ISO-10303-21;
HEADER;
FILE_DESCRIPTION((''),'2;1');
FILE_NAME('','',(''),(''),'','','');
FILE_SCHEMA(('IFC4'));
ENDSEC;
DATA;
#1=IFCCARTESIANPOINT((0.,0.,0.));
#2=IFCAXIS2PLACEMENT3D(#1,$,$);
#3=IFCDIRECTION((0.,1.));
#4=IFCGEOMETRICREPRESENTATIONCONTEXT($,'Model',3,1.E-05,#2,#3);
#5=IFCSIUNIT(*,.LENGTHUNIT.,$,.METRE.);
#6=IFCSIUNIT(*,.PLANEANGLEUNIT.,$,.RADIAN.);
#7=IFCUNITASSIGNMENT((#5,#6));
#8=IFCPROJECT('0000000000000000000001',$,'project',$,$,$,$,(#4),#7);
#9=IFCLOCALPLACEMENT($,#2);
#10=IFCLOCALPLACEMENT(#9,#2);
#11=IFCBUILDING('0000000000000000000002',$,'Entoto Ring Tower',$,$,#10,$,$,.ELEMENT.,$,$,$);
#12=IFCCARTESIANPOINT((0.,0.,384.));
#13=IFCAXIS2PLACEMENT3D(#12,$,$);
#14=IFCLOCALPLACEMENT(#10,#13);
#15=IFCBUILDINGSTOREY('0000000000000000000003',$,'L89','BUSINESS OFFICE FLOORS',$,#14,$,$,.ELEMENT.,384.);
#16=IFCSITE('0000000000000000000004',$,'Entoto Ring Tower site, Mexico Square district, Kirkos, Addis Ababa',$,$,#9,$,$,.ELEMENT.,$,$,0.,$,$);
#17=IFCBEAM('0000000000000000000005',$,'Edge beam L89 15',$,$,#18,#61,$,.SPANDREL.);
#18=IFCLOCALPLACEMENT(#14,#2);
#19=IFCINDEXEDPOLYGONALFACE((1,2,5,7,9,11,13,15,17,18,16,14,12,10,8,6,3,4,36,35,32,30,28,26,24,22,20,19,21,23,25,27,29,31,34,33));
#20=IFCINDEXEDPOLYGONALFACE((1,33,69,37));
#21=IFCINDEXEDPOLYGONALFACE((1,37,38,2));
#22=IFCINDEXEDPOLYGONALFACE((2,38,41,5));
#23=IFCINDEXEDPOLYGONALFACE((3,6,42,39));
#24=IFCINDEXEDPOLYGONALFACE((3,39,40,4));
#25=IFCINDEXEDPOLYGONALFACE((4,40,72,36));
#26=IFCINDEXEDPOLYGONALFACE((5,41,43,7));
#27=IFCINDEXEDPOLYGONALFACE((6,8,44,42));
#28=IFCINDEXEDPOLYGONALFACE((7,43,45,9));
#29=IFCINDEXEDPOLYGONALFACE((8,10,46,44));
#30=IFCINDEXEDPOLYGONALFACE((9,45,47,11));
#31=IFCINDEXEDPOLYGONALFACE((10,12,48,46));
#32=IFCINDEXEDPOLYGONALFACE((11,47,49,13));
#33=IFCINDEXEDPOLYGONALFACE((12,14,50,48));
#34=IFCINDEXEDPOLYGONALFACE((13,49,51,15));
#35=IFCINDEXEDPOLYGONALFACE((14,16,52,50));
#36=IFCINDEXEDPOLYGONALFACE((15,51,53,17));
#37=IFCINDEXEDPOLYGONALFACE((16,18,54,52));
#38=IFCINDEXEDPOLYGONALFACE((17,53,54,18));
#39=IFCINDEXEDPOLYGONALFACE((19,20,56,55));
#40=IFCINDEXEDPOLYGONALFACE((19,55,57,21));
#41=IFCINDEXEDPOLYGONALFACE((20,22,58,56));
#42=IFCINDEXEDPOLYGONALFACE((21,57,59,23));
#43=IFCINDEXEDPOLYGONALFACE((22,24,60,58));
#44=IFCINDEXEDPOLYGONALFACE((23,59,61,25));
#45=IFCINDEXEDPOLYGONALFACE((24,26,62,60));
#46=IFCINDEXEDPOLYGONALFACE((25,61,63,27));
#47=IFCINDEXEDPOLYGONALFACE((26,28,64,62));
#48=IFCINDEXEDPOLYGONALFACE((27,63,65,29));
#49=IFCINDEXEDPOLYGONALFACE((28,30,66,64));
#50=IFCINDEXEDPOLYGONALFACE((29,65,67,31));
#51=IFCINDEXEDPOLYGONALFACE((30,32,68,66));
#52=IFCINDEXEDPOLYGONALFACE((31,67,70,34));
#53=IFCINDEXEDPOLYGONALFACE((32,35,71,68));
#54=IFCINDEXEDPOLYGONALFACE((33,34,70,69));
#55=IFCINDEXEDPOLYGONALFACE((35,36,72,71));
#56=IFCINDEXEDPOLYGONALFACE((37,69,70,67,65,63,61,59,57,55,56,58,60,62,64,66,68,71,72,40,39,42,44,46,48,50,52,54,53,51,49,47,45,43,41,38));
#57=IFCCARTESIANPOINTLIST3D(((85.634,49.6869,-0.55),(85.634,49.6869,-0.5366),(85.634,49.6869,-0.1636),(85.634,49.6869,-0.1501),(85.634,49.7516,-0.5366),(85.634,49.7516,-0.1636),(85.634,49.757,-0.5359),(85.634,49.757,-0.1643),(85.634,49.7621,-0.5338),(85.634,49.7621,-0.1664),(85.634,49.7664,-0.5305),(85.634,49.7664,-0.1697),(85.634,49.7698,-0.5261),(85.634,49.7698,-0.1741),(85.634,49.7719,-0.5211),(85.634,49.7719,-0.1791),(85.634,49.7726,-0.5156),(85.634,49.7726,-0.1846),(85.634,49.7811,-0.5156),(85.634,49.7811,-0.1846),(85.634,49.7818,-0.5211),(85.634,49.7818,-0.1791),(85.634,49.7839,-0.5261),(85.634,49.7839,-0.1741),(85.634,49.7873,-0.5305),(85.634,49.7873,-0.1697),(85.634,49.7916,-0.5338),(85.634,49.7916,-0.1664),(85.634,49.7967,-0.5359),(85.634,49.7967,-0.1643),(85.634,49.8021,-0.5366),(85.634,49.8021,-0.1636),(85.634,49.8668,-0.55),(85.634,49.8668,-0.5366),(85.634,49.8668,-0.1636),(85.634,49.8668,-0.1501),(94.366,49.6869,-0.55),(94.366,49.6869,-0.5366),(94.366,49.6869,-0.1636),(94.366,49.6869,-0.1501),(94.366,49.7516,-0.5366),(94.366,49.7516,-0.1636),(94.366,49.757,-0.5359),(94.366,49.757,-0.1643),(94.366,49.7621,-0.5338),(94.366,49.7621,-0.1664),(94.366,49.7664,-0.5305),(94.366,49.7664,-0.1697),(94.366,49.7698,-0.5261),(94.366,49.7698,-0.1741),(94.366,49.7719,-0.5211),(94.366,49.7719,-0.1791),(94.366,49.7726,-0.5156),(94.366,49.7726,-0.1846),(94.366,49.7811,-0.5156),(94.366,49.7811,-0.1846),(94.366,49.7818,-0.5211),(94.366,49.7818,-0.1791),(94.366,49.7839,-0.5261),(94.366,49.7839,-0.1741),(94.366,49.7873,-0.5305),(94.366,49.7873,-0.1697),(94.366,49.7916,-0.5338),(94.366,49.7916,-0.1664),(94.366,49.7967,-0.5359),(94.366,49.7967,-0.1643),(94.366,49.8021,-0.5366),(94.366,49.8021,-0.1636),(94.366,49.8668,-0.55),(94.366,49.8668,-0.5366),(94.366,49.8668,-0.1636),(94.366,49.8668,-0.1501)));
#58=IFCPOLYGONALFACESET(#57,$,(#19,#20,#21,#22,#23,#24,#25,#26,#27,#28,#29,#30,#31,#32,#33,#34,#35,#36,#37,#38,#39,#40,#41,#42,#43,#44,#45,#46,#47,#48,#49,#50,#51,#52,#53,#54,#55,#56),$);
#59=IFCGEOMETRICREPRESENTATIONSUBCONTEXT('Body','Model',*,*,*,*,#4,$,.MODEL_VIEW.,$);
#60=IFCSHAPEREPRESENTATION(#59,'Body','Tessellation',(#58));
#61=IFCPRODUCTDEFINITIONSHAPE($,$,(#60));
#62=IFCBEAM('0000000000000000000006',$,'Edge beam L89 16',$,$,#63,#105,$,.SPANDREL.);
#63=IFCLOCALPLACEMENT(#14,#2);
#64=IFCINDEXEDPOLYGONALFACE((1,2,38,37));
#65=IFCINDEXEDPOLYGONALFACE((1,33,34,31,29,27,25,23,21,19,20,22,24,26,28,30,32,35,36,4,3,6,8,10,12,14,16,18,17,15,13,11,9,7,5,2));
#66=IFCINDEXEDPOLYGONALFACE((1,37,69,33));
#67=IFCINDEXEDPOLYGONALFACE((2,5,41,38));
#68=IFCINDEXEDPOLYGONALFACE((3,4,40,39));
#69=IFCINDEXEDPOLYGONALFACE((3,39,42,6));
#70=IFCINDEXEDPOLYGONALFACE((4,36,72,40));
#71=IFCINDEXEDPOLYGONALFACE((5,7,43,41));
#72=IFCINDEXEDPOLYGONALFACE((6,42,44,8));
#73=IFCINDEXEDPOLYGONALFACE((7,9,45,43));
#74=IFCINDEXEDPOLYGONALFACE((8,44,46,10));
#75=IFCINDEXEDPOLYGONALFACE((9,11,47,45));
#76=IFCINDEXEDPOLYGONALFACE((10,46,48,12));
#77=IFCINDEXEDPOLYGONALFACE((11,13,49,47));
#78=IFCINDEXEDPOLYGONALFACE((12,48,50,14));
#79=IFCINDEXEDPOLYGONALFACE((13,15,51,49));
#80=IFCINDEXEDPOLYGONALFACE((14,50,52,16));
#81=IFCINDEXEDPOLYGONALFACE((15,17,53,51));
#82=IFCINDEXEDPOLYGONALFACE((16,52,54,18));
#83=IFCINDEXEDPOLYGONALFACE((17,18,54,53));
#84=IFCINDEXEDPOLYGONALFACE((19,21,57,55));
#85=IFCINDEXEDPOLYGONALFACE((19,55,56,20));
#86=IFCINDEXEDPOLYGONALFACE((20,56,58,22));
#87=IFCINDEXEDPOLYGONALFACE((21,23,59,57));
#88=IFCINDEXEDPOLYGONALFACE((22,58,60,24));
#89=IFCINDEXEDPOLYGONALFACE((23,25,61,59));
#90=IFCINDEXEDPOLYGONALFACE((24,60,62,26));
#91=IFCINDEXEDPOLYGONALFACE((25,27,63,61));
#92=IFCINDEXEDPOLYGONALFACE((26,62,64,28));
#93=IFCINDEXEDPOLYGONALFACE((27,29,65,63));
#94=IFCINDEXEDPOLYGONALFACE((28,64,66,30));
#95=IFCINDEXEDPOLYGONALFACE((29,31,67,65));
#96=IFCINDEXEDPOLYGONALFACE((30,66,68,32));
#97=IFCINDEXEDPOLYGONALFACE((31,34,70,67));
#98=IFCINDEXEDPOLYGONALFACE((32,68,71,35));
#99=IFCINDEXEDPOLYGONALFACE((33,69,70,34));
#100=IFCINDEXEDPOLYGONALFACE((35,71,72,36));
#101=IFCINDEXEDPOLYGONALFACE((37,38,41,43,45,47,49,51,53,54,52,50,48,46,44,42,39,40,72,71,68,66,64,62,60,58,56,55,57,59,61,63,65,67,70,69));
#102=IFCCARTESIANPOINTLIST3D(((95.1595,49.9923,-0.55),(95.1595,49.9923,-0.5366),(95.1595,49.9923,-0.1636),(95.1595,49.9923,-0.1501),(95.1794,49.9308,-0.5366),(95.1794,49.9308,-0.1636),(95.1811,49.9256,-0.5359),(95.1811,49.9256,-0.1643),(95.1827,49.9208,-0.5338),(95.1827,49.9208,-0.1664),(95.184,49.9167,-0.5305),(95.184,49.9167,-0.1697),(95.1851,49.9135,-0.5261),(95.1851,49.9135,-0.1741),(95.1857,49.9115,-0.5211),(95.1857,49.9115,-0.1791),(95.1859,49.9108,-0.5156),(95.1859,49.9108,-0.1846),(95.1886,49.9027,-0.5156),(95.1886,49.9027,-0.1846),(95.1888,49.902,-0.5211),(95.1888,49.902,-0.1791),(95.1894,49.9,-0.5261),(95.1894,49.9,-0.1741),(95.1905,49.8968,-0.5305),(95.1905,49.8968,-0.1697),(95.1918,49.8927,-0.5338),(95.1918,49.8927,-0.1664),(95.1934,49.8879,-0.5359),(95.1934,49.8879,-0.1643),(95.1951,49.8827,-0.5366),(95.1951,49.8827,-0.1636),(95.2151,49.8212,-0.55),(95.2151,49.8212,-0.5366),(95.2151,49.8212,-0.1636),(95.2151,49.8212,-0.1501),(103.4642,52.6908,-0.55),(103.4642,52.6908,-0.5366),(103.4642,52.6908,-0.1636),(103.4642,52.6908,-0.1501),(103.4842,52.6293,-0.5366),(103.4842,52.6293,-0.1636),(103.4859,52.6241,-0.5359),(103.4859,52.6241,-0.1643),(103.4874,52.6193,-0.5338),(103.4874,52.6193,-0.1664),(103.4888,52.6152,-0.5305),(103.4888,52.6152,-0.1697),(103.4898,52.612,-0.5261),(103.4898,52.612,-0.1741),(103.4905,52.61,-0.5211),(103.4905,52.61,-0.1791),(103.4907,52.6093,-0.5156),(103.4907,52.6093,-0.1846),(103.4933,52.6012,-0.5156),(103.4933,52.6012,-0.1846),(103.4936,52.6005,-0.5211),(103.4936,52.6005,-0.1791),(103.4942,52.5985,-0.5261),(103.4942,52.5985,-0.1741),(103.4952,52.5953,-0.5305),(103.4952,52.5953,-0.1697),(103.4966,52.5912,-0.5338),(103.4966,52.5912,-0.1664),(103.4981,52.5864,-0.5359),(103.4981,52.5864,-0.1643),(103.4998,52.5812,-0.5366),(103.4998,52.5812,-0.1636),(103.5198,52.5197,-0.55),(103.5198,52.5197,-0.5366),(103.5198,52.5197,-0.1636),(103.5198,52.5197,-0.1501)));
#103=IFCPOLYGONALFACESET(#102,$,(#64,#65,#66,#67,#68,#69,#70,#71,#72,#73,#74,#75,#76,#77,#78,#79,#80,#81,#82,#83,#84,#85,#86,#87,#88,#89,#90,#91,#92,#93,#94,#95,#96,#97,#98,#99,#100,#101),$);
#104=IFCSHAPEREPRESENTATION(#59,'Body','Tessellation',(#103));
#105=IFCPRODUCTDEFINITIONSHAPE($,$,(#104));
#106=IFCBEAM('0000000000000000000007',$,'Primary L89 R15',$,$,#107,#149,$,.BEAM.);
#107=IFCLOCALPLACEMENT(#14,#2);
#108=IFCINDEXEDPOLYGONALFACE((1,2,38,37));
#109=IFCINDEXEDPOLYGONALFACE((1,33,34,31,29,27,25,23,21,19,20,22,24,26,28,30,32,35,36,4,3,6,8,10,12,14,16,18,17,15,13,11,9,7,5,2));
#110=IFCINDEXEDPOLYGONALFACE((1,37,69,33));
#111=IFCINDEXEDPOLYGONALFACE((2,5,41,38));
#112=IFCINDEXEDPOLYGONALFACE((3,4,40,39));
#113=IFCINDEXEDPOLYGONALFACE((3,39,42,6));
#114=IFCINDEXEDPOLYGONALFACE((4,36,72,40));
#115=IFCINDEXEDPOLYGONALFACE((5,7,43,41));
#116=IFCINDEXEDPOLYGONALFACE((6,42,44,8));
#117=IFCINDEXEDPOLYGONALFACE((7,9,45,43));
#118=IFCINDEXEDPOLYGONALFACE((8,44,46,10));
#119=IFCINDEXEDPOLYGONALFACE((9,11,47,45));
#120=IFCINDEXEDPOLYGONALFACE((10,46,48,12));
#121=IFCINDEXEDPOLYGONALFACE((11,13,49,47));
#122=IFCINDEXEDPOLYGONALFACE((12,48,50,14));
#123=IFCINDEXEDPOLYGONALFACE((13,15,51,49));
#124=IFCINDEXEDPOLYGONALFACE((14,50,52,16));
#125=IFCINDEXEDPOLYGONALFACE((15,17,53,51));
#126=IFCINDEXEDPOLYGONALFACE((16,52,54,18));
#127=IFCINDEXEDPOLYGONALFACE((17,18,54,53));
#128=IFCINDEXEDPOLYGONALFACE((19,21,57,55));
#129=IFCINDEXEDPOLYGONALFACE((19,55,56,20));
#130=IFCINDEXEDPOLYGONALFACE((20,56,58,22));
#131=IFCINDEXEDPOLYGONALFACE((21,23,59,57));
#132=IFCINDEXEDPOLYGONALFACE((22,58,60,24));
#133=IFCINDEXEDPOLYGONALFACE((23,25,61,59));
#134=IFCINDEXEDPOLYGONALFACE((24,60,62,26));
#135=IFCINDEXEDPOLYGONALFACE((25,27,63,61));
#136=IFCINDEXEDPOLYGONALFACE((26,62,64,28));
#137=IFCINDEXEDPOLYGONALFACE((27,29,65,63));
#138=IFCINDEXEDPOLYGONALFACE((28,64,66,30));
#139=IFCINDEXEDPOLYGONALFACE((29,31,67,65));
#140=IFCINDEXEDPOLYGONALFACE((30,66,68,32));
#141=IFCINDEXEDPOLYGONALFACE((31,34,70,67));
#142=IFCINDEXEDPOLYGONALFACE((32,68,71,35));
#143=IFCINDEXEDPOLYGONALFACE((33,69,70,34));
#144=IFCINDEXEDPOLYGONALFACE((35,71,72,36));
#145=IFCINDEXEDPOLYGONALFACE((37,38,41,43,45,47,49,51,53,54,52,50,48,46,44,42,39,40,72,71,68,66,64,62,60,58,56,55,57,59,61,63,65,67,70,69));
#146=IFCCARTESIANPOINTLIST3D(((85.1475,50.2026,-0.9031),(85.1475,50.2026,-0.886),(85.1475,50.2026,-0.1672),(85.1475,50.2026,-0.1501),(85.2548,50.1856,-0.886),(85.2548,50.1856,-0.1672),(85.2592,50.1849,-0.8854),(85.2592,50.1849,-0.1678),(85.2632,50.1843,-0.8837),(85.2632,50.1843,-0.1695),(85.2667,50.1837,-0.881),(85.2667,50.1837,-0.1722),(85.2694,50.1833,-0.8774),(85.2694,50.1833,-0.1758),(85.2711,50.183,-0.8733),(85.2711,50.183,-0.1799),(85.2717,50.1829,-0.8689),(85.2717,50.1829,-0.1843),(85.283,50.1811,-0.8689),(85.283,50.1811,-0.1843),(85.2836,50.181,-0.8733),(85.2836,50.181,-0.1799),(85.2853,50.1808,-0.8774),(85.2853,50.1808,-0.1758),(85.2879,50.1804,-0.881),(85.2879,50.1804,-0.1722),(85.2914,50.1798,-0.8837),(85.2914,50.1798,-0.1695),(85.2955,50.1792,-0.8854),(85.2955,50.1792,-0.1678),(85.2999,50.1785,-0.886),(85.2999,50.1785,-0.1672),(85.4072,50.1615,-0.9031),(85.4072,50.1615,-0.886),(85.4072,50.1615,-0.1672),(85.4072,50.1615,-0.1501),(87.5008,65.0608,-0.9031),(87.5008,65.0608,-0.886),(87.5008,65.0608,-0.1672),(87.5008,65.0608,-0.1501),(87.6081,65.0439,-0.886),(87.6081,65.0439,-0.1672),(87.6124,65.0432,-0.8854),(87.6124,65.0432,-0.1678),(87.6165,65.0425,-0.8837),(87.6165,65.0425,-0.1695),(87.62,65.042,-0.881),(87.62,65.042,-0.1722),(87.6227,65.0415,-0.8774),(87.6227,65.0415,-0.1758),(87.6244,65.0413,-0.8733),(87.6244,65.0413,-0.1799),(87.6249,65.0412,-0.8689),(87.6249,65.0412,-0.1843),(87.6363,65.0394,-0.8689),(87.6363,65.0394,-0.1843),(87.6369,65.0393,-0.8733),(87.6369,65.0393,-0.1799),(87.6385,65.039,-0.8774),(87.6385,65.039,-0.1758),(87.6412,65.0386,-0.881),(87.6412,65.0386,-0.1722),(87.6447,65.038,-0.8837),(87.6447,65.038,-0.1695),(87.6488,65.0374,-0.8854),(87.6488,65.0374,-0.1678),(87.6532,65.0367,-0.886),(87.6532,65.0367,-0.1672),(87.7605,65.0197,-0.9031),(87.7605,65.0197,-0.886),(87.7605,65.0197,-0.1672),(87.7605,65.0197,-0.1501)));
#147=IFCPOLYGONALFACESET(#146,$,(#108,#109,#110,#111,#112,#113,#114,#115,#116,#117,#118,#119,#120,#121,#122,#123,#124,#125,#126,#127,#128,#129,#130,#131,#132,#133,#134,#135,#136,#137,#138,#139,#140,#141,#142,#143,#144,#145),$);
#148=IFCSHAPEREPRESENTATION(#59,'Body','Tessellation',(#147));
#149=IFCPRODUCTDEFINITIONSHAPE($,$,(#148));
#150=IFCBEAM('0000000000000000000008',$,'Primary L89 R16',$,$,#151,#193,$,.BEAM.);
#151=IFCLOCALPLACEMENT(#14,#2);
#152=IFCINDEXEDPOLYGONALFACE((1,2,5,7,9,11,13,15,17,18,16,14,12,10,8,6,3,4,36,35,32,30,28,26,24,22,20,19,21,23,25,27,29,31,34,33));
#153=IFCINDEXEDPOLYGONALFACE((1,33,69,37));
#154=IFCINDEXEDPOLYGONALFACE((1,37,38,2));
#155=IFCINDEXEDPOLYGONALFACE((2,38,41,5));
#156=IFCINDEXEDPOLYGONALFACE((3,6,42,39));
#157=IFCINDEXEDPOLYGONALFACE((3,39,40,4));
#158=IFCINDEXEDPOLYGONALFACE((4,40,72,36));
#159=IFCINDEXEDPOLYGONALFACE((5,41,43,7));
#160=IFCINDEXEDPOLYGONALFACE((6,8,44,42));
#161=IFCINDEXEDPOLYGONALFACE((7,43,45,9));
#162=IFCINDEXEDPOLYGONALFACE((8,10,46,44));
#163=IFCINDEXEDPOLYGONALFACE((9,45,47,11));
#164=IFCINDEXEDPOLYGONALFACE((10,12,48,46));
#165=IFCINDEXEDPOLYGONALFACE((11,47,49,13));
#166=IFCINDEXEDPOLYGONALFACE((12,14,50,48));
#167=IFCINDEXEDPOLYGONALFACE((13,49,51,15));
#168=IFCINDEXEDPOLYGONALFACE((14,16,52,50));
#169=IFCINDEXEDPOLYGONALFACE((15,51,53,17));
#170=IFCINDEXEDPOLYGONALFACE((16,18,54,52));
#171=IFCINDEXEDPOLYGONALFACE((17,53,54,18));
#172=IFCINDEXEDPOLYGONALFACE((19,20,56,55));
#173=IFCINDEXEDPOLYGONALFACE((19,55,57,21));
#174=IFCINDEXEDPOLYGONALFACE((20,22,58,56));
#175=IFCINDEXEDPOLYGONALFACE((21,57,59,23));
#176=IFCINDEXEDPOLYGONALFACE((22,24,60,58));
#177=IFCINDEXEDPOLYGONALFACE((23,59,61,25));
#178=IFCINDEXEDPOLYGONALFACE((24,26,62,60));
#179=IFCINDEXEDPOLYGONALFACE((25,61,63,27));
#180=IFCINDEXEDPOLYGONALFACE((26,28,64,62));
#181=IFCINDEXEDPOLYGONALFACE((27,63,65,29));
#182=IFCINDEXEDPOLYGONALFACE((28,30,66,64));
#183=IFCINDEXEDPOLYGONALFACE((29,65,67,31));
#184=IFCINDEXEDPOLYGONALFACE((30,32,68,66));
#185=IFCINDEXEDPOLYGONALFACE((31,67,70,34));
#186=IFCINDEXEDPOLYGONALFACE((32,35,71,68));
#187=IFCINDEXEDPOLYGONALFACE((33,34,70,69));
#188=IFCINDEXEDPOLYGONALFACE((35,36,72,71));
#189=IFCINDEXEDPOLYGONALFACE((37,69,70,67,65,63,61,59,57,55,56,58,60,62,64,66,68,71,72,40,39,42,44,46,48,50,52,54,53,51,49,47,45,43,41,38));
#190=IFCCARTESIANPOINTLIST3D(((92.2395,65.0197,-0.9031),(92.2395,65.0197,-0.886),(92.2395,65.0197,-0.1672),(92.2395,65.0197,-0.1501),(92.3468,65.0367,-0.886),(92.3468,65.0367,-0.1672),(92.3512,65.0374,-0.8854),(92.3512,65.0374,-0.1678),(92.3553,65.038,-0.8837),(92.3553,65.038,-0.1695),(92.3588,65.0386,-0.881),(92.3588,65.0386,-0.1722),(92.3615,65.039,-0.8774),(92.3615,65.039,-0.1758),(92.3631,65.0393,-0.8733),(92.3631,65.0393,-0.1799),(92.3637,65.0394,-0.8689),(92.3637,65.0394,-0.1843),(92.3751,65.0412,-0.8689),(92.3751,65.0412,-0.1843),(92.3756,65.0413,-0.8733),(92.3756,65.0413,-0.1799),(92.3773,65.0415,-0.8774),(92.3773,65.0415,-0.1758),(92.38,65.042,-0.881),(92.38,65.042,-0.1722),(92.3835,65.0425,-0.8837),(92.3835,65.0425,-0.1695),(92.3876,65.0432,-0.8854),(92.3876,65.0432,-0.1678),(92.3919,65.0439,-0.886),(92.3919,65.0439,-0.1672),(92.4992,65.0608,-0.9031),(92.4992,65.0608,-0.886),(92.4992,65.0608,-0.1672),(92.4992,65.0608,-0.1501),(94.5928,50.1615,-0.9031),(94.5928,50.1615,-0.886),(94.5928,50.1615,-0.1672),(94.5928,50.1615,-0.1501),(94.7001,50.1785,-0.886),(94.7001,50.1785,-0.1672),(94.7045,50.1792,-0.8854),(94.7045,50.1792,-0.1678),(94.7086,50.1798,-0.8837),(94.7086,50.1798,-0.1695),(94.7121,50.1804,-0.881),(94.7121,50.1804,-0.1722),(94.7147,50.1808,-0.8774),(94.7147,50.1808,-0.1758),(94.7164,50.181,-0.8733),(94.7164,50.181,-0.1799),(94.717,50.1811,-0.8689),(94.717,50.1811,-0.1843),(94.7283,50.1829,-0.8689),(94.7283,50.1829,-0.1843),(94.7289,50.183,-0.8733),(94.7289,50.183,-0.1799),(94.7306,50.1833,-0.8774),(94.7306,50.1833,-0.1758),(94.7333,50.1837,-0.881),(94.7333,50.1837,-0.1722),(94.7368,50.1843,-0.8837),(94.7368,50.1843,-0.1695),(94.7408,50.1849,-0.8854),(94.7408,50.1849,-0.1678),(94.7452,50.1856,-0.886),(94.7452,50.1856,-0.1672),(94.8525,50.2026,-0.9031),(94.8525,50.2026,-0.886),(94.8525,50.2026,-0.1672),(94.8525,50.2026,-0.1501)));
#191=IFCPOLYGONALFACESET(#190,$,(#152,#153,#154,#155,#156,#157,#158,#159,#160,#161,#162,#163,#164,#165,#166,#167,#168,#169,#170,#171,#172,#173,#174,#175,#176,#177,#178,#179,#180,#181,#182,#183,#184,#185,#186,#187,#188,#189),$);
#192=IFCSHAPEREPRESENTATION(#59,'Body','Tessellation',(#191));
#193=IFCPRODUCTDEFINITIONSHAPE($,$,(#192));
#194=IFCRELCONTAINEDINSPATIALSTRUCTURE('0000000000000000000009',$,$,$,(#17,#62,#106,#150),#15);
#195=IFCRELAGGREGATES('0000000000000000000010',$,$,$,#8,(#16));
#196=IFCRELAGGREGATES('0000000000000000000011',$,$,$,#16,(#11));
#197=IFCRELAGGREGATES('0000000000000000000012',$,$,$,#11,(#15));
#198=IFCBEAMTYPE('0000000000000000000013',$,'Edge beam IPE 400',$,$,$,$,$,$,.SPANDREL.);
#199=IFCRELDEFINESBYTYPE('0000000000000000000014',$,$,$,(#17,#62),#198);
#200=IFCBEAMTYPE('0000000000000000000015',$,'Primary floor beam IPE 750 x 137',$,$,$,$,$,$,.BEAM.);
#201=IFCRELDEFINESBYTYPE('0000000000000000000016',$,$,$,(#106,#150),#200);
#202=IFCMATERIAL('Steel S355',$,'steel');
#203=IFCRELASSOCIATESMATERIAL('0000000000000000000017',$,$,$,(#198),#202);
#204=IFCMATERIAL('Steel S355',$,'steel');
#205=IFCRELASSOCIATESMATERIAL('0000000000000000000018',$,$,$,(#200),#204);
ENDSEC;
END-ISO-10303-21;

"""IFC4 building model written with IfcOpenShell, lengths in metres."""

from ifc_helpers import new_model, si_unit, direction, frame, origin, origin_2d, place, context, subcontext, project, spatial, i_section, extrude, material, material_profile, profile_set, type_object, element, save


model = new_model("IFC4")

# Units and contexts
model_context = context("Model", 3, precision=1e-05, world=origin(), true_north=direction((0.0, 1.0)))
body_context = subcontext(model_context, "Body", "Model", "MODEL_VIEW")
ifc_project = project(units=[si_unit("LENGTHUNIT", "METRE"), si_unit("PLANEANGLEUNIT", "RADIAN")], contexts=[model_context])

# Site, building, storey
site_placement = place(None, origin())
site = spatial("IfcSite", under=ifc_project, at=site_placement, Name="Entoto Ring Tower site, Mexico Square district, Kirkos, Addis Ababa", CompositionType="ELEMENT", RefElevation=0.0)
building_placement = place(site_placement, origin())
building = spatial("IfcBuilding", under=site, at=building_placement, Name="Entoto Ring Tower", CompositionType="ELEMENT")
storey_placement = place(building_placement, frame((0.0, 0.0, 384.0)))
storey = spatial("IfcBuildingStorey", under=building, at=storey_placement, Name="L89", Description="BUSINESS OFFICE FLOORS", CompositionType="ELEMENT", Elevation=384.0)

# Beams
ifc_material_1 = material(Name="Steel S355", Category="steel")
ifc_material_profile_1 = material_profile(ifc_material_1, i_section(OverallWidth=0.1799, OverallDepth=0.3999, WebThickness=0.0085, FlangeThickness=0.0134, FilletRadius=0.021, at=origin_2d()), Name="IPE 400")
ifc_profile_set_1 = profile_set([ifc_material_profile_1], Name="Steel S355")
beam_type_1 = type_object("IfcBeamType", Name="Edge beam IPE 400", PredefinedType="SPANDREL", material=ifc_profile_set_1)
beam_1_placement = place(storey_placement, frame((85.634, 49.7769, -0.3501), z_axis=(1.0, 0.0, 0.0), x_axis=(0.0, 1.0, 0.0)))
element("IfcBeam", 1, at=beam_1_placement, inside=storey, type_object=beam_type_1, Name="Edge beam L89 15", PredefinedType="SPANDREL", context=body_context, shape_type="SweptSolid", body=[
    extrude(i_section(OverallWidth=0.1799, OverallDepth=0.3999, WebThickness=0.0085, FlangeThickness=0.0134, FilletRadius=0.021, at=origin_2d()), origin(), (0.0, 0.0, 1.0), 8.7319),
])
beam_2_placement = place(storey_placement, frame((95.1873, 49.9067, -0.3501), z_axis=(0.951052, 0.30903, 0.0), x_axis=(-0.30903, 0.951052, 0.0)))
element("IfcBeam", 2, at=beam_2_placement, inside=storey, type_object=beam_type_1, Name="Edge beam L89 16", PredefinedType="SPANDREL", context=body_context, shape_type="SweptSolid", body=[
    extrude(i_section(OverallWidth=0.1799, OverallDepth=0.3999, WebThickness=0.0085, FlangeThickness=0.0134, FilletRadius=0.021, at=origin_2d()), origin(), (0.0, 0.0, 1.0), 8.7322),
])
ifc_material_2 = material(Name="Steel S355", Category="steel")
ifc_material_profile_2 = material_profile(ifc_material_2, i_section(OverallWidth=0.2629, OverallDepth=0.7529, WebThickness=0.0115, FlangeThickness=0.0171, FilletRadius=0.0171, at=origin_2d()), Name="IPE 750 x 137")
ifc_profile_set_2 = profile_set([ifc_material_profile_2], Name="Steel S355")
beam_type_2 = type_object("IfcBeamType", Name="Primary floor beam IPE 750 x 137", PredefinedType="BEAM", material=ifc_profile_set_2)
for number, where, z_axis, x_axis, name in (
    (3, (87.6306, 65.0403, -0.5266), (-0.156433, -0.987689, 0.0), (0.987689, -0.156433, 0.0), "Primary L89 R15"),
    (4, (92.3694, 65.0403, -0.5266), (0.156433, -0.987689, 0.0), (0.987689, 0.156433, 0.0), "Primary L89 R16"),
):
    element("IfcBeam", number, at=place(storey_placement, frame(where, z_axis=z_axis, x_axis=x_axis)), inside=storey, type_object=beam_type_2, Name=name, PredefinedType="BEAM", context=body_context, shape_type="SweptSolid", body=[
        extrude(i_section(OverallWidth=0.2629, OverallDepth=0.7529, WebThickness=0.0115, FlangeThickness=0.0171, FilletRadius=0.0171, at=origin_2d()), origin(), (0.0, 0.0, 1.0), 15.0435),
    ])

save(model, "model.ifc")
